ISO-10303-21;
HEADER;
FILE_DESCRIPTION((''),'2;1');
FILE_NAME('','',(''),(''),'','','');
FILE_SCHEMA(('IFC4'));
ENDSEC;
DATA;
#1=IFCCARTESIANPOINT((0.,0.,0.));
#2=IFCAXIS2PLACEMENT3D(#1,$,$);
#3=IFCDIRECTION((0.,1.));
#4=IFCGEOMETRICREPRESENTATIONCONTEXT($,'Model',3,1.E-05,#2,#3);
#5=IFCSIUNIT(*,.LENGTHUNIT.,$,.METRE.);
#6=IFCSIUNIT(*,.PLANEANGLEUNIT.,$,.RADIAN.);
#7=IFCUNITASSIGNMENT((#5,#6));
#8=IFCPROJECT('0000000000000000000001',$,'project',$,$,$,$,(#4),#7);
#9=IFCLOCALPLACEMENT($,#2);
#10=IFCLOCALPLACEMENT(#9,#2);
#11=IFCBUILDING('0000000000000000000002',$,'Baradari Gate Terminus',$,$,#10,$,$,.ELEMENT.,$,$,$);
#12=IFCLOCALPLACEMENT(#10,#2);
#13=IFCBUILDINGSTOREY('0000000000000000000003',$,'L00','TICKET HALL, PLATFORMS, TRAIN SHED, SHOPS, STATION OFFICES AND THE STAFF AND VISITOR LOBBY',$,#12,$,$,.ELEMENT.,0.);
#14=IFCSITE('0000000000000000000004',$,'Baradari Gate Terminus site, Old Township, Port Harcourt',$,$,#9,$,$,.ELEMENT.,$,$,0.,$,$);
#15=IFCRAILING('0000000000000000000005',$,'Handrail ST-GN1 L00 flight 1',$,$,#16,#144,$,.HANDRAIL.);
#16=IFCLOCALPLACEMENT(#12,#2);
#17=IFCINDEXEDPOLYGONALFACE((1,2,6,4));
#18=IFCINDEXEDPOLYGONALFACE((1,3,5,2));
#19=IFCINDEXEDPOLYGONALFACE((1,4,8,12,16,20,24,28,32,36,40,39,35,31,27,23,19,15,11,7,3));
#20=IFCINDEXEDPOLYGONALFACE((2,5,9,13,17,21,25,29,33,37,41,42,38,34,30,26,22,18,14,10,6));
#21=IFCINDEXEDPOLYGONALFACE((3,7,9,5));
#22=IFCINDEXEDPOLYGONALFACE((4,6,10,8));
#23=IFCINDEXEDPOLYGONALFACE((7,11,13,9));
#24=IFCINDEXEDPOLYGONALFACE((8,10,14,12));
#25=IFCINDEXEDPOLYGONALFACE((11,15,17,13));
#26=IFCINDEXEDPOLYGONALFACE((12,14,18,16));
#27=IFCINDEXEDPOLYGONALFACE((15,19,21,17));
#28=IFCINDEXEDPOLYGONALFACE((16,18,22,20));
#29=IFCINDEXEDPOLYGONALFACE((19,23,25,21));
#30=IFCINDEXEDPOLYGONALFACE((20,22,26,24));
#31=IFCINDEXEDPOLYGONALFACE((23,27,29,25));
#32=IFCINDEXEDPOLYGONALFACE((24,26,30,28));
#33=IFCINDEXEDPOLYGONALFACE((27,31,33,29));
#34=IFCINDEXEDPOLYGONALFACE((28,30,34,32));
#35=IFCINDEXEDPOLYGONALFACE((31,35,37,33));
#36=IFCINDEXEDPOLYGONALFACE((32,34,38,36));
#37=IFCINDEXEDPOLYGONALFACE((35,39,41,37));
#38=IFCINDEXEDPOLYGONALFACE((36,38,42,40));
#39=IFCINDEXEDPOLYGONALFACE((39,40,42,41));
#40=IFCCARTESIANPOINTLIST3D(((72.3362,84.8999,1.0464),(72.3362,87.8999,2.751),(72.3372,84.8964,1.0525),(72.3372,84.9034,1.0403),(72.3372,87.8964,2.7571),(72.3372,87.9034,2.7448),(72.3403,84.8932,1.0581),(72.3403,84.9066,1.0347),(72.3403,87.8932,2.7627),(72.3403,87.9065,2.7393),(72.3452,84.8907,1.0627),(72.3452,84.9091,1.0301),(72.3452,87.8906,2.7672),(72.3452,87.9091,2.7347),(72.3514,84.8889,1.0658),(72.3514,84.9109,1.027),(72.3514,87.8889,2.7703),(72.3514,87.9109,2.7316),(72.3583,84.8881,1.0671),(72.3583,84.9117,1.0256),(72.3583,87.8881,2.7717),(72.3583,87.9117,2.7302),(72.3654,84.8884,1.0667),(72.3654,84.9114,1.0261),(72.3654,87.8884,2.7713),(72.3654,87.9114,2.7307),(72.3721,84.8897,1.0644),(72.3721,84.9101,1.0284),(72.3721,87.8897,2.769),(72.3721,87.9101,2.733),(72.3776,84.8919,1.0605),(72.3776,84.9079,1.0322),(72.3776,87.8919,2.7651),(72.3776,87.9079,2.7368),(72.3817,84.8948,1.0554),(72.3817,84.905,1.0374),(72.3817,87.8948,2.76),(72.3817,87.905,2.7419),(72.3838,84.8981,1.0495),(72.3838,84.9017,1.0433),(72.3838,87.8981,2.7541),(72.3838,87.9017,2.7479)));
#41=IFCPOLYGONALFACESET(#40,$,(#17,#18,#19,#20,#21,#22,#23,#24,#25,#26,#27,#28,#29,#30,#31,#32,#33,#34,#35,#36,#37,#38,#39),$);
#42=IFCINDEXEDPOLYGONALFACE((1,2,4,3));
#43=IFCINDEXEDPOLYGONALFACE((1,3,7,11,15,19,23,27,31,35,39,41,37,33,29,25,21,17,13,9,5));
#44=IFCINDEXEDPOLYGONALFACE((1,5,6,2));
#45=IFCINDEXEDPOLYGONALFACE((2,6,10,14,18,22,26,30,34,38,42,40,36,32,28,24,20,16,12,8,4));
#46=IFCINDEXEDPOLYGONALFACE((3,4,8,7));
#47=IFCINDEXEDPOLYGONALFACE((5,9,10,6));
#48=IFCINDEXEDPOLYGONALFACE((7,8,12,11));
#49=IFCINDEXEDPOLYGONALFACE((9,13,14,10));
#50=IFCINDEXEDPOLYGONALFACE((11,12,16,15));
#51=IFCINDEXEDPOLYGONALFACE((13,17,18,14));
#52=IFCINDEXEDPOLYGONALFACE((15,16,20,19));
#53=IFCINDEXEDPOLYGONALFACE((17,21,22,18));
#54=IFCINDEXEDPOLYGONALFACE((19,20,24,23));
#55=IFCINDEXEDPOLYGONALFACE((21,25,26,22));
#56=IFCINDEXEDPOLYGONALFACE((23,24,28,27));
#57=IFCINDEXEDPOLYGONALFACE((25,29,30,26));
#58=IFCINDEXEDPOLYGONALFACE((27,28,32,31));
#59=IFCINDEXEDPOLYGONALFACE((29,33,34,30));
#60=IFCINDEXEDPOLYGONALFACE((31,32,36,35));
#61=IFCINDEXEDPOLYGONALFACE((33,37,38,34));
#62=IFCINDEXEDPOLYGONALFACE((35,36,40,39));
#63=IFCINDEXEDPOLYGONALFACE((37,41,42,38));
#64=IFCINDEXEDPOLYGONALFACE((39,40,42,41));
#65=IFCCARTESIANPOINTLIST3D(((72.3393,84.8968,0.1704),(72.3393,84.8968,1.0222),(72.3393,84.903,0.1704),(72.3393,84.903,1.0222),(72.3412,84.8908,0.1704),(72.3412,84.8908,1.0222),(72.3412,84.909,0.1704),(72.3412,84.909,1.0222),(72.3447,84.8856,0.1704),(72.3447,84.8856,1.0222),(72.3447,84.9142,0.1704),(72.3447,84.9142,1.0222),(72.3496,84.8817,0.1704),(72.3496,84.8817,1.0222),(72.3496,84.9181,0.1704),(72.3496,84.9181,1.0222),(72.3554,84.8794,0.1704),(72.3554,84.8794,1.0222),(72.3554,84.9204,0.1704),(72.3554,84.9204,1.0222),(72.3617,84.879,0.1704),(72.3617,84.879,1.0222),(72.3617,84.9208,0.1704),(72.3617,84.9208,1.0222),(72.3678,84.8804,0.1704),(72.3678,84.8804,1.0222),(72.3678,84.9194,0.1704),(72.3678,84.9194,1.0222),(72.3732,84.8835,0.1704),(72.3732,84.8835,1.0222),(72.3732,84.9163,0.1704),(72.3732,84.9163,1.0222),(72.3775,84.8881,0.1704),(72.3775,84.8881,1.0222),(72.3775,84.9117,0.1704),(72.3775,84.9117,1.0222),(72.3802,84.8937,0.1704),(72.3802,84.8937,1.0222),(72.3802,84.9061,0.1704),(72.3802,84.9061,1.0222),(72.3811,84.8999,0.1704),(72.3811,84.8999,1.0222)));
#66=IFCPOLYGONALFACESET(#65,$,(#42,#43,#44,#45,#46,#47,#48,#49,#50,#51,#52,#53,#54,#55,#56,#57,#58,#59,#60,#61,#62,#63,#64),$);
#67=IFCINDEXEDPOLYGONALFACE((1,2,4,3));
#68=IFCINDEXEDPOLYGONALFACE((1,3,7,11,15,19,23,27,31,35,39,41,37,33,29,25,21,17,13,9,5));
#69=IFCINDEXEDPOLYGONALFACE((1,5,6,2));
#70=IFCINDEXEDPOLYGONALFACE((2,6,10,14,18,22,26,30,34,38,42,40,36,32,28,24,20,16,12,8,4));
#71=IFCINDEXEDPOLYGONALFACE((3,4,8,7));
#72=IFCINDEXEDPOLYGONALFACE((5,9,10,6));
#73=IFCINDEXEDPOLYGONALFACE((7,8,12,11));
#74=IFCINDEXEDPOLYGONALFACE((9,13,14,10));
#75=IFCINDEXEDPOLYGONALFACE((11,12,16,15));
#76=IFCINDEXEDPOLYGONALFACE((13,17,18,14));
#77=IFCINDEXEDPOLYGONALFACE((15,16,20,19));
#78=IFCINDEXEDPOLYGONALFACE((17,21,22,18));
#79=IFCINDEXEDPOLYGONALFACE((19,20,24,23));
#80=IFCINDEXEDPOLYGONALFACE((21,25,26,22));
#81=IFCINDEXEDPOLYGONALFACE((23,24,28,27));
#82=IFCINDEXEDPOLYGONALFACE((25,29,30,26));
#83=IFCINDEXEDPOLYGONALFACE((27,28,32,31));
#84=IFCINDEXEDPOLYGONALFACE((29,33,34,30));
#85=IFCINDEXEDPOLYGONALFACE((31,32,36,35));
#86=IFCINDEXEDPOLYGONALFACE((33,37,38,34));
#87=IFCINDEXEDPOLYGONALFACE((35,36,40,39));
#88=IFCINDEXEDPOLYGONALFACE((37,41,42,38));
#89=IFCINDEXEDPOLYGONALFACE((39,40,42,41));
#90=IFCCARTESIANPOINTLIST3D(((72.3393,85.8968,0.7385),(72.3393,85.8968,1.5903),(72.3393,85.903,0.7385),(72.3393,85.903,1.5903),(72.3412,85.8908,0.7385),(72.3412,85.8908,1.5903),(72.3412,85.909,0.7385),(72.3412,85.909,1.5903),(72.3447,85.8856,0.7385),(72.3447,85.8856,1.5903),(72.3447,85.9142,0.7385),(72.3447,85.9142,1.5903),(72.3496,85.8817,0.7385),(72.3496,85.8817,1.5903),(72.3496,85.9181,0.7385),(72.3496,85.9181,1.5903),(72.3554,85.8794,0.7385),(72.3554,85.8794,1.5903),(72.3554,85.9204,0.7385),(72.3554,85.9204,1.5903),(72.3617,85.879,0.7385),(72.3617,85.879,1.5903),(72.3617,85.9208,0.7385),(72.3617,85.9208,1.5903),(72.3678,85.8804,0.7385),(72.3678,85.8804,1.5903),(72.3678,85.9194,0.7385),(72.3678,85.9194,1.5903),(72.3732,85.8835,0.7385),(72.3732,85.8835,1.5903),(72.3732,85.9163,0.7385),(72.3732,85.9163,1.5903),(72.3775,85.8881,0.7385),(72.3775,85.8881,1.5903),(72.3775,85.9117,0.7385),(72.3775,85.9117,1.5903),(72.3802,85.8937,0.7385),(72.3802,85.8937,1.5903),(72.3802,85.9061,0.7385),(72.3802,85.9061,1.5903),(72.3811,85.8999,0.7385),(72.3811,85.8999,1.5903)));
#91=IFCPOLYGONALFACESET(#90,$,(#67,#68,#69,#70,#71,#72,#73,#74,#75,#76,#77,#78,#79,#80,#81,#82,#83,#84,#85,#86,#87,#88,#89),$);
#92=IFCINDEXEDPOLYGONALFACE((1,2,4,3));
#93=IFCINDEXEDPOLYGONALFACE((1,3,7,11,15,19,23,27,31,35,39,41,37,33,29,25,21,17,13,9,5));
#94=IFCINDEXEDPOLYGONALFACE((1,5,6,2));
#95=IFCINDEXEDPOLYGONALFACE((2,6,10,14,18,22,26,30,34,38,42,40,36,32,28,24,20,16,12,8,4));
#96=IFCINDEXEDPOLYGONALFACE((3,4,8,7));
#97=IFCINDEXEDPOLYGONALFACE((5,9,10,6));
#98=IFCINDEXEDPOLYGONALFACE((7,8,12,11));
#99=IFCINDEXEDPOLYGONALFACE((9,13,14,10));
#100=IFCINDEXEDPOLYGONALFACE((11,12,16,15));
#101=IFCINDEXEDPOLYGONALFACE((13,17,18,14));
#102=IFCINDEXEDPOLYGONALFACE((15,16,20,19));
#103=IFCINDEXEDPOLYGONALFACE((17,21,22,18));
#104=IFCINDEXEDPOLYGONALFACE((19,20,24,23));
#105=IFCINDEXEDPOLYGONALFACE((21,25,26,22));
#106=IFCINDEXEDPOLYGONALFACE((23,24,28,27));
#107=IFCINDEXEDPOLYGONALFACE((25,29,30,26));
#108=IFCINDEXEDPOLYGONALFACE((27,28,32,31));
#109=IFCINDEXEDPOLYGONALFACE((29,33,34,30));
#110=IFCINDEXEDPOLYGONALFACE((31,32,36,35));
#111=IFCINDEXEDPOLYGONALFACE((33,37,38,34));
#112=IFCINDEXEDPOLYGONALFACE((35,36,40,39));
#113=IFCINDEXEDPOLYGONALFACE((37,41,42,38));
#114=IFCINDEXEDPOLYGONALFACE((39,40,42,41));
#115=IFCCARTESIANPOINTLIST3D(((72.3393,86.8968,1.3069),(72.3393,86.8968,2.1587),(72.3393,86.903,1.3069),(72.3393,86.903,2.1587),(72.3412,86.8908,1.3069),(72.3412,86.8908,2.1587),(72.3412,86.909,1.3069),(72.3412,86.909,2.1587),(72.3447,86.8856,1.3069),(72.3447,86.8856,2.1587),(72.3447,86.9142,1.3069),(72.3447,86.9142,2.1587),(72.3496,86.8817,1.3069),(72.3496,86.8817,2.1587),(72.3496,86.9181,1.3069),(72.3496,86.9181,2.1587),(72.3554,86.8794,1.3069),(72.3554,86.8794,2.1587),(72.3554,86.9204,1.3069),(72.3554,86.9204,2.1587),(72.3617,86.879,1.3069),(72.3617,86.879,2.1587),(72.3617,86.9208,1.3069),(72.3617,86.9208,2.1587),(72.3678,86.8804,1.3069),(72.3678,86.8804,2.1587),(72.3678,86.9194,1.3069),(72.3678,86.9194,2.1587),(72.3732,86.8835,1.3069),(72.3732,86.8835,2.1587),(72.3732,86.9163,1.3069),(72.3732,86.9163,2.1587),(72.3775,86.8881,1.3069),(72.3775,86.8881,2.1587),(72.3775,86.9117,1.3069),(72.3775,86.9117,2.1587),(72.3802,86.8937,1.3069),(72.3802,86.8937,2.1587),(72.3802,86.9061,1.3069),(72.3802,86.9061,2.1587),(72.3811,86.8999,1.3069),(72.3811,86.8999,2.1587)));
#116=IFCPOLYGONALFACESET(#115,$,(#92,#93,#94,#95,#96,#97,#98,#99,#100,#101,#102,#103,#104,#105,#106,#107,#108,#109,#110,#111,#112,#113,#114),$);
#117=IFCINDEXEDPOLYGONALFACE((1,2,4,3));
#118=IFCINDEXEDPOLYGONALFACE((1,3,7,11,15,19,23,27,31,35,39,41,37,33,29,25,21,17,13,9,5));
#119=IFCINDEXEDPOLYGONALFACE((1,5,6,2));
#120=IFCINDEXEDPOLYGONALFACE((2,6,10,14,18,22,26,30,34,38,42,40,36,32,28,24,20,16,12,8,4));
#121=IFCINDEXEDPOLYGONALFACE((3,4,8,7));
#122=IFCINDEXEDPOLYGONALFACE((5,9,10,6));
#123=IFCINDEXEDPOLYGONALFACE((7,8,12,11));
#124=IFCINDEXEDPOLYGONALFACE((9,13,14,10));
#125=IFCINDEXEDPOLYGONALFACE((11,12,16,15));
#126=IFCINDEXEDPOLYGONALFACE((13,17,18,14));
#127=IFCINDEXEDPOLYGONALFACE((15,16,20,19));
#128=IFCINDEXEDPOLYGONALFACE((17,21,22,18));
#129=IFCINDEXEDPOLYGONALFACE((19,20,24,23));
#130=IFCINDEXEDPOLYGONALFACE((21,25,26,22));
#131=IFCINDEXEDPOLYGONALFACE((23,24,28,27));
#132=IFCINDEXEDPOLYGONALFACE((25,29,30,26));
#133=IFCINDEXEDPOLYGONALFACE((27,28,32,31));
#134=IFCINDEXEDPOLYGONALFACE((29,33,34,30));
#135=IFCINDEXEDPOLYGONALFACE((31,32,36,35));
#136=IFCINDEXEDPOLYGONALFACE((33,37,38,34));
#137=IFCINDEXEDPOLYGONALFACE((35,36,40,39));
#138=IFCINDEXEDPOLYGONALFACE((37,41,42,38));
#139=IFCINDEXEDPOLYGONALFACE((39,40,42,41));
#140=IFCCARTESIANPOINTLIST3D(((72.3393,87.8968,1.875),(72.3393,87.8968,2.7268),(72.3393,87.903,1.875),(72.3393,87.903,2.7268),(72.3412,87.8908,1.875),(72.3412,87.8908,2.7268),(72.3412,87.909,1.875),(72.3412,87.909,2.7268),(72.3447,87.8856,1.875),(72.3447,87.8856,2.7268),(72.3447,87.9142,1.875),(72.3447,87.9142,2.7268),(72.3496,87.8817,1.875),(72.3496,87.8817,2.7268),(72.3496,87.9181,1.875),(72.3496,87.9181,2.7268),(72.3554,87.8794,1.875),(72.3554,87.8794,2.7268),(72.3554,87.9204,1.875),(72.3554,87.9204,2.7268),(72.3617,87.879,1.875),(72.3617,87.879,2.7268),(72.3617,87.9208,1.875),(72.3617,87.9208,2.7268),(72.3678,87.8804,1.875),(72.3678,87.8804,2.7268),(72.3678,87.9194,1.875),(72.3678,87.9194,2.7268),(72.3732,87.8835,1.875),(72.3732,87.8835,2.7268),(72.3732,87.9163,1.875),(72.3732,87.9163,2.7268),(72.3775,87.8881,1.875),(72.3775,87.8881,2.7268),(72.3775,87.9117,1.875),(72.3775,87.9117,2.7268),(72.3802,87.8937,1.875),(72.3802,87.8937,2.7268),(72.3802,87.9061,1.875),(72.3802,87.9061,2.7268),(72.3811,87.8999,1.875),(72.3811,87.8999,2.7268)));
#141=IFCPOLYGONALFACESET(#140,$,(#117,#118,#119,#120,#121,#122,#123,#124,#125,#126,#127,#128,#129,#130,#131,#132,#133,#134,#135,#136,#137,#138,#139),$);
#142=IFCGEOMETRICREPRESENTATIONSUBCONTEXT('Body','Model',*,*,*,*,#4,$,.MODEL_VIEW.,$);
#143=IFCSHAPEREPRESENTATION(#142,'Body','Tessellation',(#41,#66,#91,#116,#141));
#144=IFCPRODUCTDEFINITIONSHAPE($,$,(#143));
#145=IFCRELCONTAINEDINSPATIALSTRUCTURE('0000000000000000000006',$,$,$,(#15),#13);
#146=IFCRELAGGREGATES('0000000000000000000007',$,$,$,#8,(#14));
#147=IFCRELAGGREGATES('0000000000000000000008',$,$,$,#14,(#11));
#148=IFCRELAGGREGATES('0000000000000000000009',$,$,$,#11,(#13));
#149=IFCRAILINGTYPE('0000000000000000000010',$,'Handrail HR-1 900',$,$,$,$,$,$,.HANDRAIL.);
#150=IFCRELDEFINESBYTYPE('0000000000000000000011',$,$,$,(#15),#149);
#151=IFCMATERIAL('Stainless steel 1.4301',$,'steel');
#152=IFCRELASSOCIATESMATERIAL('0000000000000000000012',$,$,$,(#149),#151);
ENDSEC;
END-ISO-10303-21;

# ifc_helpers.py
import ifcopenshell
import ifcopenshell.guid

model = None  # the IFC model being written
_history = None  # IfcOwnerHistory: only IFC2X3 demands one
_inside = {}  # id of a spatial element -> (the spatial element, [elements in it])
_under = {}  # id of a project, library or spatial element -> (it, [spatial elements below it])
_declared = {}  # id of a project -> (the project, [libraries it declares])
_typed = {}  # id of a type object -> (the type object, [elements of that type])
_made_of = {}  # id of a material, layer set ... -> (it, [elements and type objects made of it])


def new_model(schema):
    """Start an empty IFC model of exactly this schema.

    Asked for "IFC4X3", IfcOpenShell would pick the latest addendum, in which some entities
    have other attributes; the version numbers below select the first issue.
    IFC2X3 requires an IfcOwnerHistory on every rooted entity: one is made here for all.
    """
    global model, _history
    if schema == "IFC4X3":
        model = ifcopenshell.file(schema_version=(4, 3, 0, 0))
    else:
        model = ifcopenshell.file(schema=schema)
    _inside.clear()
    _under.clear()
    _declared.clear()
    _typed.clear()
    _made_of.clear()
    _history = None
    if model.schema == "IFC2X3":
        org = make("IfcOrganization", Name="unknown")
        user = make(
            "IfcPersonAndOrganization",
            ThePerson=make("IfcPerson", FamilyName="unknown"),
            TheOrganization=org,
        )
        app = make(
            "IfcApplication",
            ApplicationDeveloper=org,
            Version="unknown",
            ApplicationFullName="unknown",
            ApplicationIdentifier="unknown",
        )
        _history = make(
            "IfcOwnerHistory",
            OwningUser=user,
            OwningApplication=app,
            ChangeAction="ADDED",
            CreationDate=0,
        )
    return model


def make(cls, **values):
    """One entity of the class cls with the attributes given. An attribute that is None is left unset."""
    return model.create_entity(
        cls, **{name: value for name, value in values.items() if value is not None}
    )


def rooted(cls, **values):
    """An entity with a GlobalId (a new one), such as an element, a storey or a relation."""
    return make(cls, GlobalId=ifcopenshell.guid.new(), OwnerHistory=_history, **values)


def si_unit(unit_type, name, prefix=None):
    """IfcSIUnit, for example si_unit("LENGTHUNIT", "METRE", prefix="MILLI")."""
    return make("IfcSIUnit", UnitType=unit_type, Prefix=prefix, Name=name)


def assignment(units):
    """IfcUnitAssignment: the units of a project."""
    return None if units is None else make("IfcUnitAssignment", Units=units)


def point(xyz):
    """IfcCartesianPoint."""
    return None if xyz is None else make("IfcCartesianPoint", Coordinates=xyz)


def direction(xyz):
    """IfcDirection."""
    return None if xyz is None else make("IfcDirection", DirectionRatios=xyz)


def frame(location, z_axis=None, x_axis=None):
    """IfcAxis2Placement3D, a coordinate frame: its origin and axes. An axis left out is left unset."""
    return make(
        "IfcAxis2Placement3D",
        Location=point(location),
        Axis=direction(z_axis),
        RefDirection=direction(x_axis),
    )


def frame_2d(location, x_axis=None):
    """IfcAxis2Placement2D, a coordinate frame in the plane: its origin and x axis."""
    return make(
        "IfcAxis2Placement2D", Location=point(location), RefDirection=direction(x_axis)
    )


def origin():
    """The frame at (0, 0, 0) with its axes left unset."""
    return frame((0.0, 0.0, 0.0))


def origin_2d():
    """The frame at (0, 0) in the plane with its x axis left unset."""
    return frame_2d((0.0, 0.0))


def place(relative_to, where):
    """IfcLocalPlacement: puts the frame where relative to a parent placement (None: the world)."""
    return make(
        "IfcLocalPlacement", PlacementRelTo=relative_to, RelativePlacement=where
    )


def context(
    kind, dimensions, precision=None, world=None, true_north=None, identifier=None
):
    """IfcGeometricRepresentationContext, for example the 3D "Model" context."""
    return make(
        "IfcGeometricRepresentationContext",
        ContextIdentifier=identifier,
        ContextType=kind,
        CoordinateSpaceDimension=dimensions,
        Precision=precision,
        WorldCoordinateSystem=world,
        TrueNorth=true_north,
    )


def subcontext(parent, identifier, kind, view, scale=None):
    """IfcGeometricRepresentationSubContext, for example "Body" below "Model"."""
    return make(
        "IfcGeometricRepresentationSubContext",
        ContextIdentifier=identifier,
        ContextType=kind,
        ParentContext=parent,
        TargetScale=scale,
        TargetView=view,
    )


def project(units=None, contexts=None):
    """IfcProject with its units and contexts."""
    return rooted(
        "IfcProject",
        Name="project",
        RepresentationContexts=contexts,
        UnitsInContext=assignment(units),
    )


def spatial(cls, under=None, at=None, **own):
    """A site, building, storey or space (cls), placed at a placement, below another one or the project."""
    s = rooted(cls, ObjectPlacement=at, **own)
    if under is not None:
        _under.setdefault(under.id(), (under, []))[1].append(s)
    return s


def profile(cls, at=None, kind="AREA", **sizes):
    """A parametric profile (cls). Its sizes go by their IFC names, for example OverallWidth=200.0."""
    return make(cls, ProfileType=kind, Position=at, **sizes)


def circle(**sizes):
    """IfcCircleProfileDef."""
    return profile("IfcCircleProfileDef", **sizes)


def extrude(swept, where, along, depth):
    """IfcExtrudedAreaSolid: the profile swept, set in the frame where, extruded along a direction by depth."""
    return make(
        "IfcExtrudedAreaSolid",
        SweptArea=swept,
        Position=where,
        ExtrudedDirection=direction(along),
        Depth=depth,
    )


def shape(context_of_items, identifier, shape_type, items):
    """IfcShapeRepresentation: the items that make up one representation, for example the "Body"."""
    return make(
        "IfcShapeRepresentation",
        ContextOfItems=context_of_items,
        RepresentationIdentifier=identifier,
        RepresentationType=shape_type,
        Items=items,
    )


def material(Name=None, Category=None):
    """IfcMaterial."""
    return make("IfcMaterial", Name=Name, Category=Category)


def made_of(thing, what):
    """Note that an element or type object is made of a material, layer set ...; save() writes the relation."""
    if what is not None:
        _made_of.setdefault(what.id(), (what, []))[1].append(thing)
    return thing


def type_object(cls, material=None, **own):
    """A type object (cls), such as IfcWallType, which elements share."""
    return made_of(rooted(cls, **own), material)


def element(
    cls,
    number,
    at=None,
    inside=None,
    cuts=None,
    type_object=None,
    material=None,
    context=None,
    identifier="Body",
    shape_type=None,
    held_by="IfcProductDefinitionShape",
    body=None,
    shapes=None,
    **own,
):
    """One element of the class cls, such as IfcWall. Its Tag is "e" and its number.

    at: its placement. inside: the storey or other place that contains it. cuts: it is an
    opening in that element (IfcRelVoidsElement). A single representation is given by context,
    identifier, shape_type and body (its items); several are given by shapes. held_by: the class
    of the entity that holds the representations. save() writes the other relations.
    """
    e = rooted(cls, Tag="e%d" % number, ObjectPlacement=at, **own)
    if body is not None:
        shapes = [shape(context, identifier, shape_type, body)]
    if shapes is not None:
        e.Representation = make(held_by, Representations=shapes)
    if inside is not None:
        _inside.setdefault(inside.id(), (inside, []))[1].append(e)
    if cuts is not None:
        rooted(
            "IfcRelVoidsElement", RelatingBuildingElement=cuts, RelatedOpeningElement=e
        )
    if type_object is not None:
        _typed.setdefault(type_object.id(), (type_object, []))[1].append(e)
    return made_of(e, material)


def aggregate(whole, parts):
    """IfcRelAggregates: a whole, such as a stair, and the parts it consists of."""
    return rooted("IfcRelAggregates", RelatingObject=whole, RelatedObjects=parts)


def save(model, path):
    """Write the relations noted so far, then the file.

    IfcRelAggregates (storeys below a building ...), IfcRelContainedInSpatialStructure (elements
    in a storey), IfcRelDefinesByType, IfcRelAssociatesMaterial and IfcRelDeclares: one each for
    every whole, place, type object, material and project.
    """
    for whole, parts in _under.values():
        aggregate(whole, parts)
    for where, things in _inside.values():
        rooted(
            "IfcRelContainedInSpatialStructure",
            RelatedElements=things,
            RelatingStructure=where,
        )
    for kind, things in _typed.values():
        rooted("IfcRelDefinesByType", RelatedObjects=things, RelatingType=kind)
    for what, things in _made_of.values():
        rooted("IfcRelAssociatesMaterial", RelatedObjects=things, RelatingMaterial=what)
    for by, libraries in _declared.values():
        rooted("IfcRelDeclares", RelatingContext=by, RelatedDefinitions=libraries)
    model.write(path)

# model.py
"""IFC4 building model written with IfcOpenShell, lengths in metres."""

from ifc_helpers import new_model, si_unit, direction, frame, origin, origin_2d, place, context, subcontext, project, spatial, circle, extrude, material, type_object, element, save


model = new_model("IFC4")

# Units and contexts
model_context = context("Model", 3, precision=1e-05, world=origin(), true_north=direction((0.0, 1.0)))
body_context = subcontext(model_context, "Body", "Model", "MODEL_VIEW")
ifc_project = project(units=[si_unit("LENGTHUNIT", "METRE"), si_unit("PLANEANGLEUNIT", "RADIAN")], contexts=[model_context])

# Site, building, storey
site_placement = place(None, origin())
site = spatial("IfcSite", under=ifc_project, at=site_placement, Name="Baradari Gate Terminus site, Old Township, Port Harcourt", CompositionType="ELEMENT", RefElevation=0.0)
building_placement = place(site_placement, origin())
building = spatial("IfcBuilding", under=site, at=building_placement, Name="Baradari Gate Terminus", CompositionType="ELEMENT")
storey_placement = place(building_placement, origin())
storey = spatial("IfcBuildingStorey", under=building, at=storey_placement, Name="L00", Description="TICKET HALL, PLATFORMS, TRAIN SHED, SHOPS, STATION OFFICES AND THE STAFF AND VISITOR LOBBY", CompositionType="ELEMENT", Elevation=0.0)

# Railing
ifc_material_1 = material(Name="Stainless steel 1.4301", Category="steel")
railing_type_1 = type_object("IfcRailingType", Name="Handrail HR-1 900", PredefinedType="HANDRAIL", material=ifc_material_1)
for number, where, name in (
    (1, (72.3601, 84.8999, 0.1704), "Handrail ST-GN1 L00 flight 1"),
):
    element("IfcRailing", number, at=place(storey_placement, frame(where)), inside=storey, type_object=railing_type_1, Name=name, PredefinedType="HANDRAIL", context=body_context, shape_type="SweptSolid", body=[
        extrude(circle(Radius=0.0239, at=origin_2d()), frame((0.0, 0.0, 0.876), z_axis=(0.0, 0.869451, 0.494019), x_axis=(-1.0, 0.0, 0.0)), (0.0, 0.0, 1.0), 3.4504),
        extrude(circle(Radius=0.021, at=origin_2d()), origin(), (0.0, 0.0, 1.0), 0.8518),
        extrude(circle(Radius=0.021, at=origin_2d()), frame((0.0, 1.0, 0.5681)), (0.0, 0.0, 1.0), 0.8518),
        extrude(circle(Radius=0.021, at=origin_2d()), frame((0.0, 2.0, 1.1365)), (0.0, 0.0, 1.0), 0.8518),
        extrude(circle(Radius=0.021, at=origin_2d()), frame((0.0, 3.0, 1.7046)), (0.0, 0.0, 1.0), 0.8518),
    ])

save(model, "model.ifc")
